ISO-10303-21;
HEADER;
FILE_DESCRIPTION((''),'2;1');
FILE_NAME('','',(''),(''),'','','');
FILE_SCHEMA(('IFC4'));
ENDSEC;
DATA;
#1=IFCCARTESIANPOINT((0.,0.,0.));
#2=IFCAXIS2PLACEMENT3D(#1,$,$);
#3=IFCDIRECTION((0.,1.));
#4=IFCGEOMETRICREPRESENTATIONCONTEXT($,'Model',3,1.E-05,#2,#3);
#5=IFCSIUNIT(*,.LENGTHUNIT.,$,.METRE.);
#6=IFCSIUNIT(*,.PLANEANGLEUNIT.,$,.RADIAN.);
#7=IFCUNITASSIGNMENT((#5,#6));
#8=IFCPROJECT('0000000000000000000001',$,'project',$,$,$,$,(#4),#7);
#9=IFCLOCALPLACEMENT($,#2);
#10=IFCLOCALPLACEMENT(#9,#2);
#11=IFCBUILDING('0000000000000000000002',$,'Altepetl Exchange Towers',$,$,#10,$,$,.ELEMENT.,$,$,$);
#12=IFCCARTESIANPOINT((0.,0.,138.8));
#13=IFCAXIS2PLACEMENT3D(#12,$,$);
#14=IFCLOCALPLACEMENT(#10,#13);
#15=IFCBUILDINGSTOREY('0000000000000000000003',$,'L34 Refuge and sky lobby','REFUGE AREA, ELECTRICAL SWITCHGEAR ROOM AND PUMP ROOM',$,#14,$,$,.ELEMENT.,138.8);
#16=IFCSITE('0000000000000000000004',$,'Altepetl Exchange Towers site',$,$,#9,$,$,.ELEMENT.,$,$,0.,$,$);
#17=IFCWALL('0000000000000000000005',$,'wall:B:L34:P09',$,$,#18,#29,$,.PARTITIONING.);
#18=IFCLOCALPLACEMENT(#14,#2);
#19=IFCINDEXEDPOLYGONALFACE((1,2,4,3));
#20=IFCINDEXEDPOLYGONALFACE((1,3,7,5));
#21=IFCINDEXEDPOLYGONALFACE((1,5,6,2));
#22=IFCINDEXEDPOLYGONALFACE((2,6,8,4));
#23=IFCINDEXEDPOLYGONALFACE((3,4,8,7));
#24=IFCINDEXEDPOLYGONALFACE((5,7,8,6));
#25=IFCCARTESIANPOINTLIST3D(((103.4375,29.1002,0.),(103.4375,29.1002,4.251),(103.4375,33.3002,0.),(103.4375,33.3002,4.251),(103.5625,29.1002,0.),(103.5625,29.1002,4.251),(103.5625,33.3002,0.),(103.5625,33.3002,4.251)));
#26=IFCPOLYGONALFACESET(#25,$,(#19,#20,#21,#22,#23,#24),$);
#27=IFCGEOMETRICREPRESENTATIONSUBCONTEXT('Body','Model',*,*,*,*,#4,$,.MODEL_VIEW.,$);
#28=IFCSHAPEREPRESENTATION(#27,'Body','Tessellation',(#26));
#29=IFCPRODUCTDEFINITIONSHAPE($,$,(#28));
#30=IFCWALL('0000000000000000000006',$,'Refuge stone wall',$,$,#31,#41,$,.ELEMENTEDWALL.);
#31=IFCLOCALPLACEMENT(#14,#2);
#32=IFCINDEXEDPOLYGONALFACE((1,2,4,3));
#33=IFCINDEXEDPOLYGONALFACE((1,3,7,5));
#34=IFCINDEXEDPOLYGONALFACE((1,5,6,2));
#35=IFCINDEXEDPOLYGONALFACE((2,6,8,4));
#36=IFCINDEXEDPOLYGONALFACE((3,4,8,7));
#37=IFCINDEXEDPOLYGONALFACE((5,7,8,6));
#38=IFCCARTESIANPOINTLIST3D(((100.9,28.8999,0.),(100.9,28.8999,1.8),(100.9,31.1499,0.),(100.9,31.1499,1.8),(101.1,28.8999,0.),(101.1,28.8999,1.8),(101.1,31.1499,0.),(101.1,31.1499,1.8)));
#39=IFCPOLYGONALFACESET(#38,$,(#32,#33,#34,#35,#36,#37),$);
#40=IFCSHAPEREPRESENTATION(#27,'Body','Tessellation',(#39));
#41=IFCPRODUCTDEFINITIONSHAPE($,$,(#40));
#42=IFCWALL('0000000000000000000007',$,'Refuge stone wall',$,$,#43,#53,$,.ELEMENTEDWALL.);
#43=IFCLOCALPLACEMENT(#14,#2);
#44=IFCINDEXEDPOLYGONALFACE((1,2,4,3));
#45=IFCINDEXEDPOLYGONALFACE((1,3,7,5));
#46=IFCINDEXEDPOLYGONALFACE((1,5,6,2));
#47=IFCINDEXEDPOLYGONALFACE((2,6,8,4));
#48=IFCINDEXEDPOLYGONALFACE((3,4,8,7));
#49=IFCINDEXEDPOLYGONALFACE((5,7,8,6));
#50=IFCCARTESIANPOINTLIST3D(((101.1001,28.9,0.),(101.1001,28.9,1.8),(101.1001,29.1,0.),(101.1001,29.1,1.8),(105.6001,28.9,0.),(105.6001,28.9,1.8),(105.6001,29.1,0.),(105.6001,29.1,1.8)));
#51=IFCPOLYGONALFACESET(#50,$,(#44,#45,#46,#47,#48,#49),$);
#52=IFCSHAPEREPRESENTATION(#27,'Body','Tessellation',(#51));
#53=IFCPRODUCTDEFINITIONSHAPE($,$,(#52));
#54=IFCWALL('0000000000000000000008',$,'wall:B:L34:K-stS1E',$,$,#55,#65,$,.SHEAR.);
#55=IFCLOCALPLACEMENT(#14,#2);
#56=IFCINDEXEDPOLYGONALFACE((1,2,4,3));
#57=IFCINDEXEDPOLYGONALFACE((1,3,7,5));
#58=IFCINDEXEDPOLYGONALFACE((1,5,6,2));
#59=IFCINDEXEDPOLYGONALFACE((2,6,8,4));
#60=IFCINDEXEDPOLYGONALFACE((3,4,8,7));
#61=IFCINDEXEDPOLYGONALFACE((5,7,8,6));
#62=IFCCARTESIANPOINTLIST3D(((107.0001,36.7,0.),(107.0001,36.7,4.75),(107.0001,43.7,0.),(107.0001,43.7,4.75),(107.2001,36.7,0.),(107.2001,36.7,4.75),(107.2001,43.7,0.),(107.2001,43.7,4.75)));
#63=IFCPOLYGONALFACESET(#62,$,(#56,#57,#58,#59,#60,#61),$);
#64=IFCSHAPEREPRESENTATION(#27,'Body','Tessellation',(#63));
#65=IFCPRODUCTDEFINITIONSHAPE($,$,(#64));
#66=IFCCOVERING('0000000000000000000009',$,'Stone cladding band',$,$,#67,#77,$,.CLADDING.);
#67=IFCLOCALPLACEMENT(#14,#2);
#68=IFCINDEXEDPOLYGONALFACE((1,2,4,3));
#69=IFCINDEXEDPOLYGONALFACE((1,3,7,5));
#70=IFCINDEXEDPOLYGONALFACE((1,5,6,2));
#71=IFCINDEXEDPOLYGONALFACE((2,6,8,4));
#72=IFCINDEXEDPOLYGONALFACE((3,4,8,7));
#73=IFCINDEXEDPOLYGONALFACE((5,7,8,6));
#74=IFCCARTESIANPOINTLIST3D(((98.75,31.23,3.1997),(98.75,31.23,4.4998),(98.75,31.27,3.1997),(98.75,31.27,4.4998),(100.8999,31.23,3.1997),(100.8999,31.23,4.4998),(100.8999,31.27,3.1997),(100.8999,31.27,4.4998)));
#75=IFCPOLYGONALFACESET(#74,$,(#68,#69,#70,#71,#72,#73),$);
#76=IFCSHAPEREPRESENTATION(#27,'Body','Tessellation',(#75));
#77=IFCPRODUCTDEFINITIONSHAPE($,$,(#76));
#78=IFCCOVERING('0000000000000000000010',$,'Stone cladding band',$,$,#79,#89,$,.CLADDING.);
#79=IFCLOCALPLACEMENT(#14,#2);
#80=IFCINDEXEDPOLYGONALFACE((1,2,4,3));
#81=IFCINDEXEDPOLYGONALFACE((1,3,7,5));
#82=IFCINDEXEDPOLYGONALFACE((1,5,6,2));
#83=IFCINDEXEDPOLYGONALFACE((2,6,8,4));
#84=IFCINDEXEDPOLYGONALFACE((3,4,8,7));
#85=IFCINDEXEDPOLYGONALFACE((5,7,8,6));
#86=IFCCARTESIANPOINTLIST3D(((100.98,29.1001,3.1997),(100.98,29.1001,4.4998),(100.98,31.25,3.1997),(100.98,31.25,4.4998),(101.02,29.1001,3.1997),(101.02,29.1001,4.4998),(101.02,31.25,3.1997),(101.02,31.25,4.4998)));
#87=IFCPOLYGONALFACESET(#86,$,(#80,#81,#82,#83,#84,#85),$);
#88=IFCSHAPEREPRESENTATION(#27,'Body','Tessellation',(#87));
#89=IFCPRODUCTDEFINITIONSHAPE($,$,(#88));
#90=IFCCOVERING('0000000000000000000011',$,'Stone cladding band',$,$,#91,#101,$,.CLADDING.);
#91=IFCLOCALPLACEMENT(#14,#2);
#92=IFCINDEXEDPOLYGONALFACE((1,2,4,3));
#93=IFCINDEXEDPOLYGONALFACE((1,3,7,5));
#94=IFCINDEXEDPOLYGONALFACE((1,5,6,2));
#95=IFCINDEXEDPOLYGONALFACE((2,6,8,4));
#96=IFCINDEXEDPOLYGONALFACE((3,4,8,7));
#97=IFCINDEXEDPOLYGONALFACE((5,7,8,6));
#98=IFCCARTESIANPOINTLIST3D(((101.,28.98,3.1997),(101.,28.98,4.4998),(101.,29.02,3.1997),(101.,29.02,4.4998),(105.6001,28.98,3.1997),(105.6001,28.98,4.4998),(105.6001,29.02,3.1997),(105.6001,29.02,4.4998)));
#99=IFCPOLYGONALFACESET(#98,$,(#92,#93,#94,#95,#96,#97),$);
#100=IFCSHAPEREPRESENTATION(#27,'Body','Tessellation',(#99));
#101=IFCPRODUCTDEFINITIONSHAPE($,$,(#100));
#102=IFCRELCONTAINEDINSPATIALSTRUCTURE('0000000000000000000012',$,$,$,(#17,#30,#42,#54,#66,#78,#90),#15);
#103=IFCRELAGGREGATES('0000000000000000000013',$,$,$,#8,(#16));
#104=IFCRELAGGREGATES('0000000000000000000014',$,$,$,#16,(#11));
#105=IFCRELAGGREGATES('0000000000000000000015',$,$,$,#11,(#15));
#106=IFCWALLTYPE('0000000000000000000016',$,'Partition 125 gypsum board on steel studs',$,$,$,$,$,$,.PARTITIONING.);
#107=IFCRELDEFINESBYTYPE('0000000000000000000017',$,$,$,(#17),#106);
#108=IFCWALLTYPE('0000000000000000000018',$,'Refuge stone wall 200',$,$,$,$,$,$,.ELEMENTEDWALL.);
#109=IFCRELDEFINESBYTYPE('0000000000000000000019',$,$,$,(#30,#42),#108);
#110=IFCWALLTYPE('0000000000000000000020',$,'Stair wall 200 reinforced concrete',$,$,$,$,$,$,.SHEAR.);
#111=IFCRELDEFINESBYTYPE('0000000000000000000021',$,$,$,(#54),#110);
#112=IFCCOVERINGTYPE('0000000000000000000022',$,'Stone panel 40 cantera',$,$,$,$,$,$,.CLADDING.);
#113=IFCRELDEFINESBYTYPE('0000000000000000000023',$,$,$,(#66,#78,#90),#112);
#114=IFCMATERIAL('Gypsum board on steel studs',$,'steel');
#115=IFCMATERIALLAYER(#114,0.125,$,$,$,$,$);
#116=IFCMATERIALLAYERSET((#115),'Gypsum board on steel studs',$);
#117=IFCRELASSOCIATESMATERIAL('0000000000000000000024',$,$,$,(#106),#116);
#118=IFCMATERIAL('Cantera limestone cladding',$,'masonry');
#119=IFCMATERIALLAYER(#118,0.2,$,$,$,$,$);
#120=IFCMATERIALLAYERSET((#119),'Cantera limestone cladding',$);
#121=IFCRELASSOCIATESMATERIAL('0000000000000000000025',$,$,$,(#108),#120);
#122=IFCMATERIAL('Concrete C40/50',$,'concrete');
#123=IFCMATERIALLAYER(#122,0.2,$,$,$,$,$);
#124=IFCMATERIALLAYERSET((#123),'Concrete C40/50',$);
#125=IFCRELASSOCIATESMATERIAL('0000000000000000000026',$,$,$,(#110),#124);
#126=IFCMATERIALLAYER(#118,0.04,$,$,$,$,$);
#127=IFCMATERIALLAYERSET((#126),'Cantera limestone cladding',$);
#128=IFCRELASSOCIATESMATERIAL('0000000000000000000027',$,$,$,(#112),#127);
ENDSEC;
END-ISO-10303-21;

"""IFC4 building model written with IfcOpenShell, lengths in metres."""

from ifc_helpers import new_model, si_unit, direction, frame, frame_2d, origin, origin_2d, place, context, subcontext, project, spatial, rectangle, extrude, material, layer, layer_set, type_object, element, save


model = new_model("IFC4")

# Units and contexts
model_context = context("Model", 3, precision=1e-05, world=origin(), true_north=direction((0.0, 1.0)))
body_context = subcontext(model_context, "Body", "Model", "MODEL_VIEW")
ifc_project = project(units=[si_unit("LENGTHUNIT", "METRE"), si_unit("PLANEANGLEUNIT", "RADIAN")], contexts=[model_context])

# Site, building, storey
site_placement = place(None, origin())
site = spatial("IfcSite", under=ifc_project, at=site_placement, Name="Altepetl Exchange Towers site", CompositionType="ELEMENT", RefElevation=0.0)
building_placement = place(site_placement, origin())
building = spatial("IfcBuilding", under=site, at=building_placement, Name="Altepetl Exchange Towers", CompositionType="ELEMENT")
storey_placement = place(building_placement, frame((0.0, 0.0, 138.8)))
storey = spatial("IfcBuildingStorey", under=building, at=storey_placement, Name="L34 Refuge and sky lobby", Description="REFUGE AREA, ELECTRICAL SWITCHGEAR ROOM AND PUMP ROOM", CompositionType="ELEMENT", Elevation=138.8)

# Shared definitions
ifc_material_1 = material(Name="Gypsum board on steel studs", Category="steel")
ifc_layer_1 = layer(ifc_material_1, 0.125)
ifc_layer_set_1 = layer_set([ifc_layer_1], Name="Gypsum board on steel studs")
wall_type_1 = type_object("IfcWallType", Name="Partition 125 gypsum board on steel studs", PredefinedType="PARTITIONING", material=ifc_layer_set_1)

# Walls
wall_1_placement = place(storey_placement, frame((103.5, 29.1001, 0.0), z_axis=(0.0, 0.0, 1.0), x_axis=(0.0, 1.0, 0.0)))
element("IfcWall", 1, at=wall_1_placement, inside=storey, type_object=wall_type_1, Name="wall:B:L34:P09", PredefinedType="PARTITIONING", context=body_context, shape_type="SweptSolid", body=[
    extrude(rectangle(XDim=4.2, YDim=0.125, at=frame_2d((2.1001, 0.0))), origin(), (0.0, 0.0, 1.0), 4.251),
])
ifc_material_2 = material(Name="Cantera limestone cladding", Category="masonry")
ifc_layer_2 = layer(ifc_material_2, 0.2)
ifc_layer_set_2 = layer_set([ifc_layer_2], Name="Cantera limestone cladding")
wall_type_2 = type_object("IfcWallType", Name="Refuge stone wall 200", PredefinedType="ELEMENTEDWALL", material=ifc_layer_set_2)
wall_2_placement = place(storey_placement, frame((101.0, 31.1499, 0.0), z_axis=(0.0, 0.0, 1.0), x_axis=(0.0, -1.0, 0.0)))
element("IfcWall", 2, at=wall_2_placement, inside=storey, type_object=wall_type_2, Name="Refuge stone wall", PredefinedType="ELEMENTEDWALL", context=body_context, shape_type="SweptSolid", body=[
    extrude(rectangle(XDim=2.25, YDim=0.2, at=frame_2d((1.125, 0.0))), origin(), (0.0, 0.0, 1.0), 1.8),
])
wall_3_placement = place(storey_placement, frame((101.1001, 29.0, 0.0)))
element("IfcWall", 3, at=wall_3_placement, inside=storey, type_object=wall_type_2, Name="Refuge stone wall", PredefinedType="ELEMENTEDWALL", context=body_context, shape_type="SweptSolid", body=[
    extrude(rectangle(XDim=4.5, YDim=0.2, at=frame_2d((2.25, 0.0))), origin(), (0.0, 0.0, 1.0), 1.8),
])
ifc_material_3 = material(Name="Concrete C40/50", Category="concrete")
ifc_layer_3 = layer(ifc_material_3, 0.2)
ifc_layer_set_3 = layer_set([ifc_layer_3], Name="Concrete C40/50")
wall_type_3 = type_object("IfcWallType", Name="Stair wall 200 reinforced concrete", PredefinedType="SHEAR", material=ifc_layer_set_3)
wall_4_placement = place(storey_placement, frame((107.1001, 36.7, 0.0), z_axis=(0.0, 0.0, 1.0), x_axis=(0.0, 1.0, 0.0)))
element("IfcWall", 4, at=wall_4_placement, inside=storey, type_object=wall_type_3, Name="wall:B:L34:K-stS1E", PredefinedType="SHEAR", context=body_context, shape_type="SweptSolid", body=[
    extrude(rectangle(XDim=7.0, YDim=0.2, at=frame_2d((3.5, 0.0))), origin(), (0.0, 0.0, 1.0), 4.75),
])

# Coverings
ifc_layer_4 = layer(ifc_material_2, 0.04)
ifc_layer_set_4 = layer_set([ifc_layer_4], Name="Cantera limestone cladding")
covering_type = type_object("IfcCoveringType", Name="Stone panel 40 cantera", PredefinedType="CLADDING", material=ifc_layer_set_4)
covering_1_placement = place(storey_placement, frame((99.825, 31.25, 3.1997)))
element("IfcCovering", 5, at=covering_1_placement, inside=storey, type_object=covering_type, Name="Stone cladding band", PredefinedType="CLADDING", context=body_context, shape_type="SweptSolid", body=[
    extrude(rectangle(XDim=2.1499, YDim=0.04, at=origin_2d()), origin(), (0.0, 0.0, 1.0), 1.3),
])
covering_2_placement = place(storey_placement, frame((101.0, 30.175, 3.1997), z_axis=(0.0, 0.0, 1.0), x_axis=(0.0, -1.0, 0.0)))
element("IfcCovering", 6, at=covering_2_placement, inside=storey, type_object=covering_type, Name="Stone cladding band", PredefinedType="CLADDING", context=body_context, shape_type="SweptSolid", body=[
    extrude(rectangle(XDim=2.1499, YDim=0.04, at=origin_2d()), origin(), (0.0, 0.0, 1.0), 1.3),
])
covering_3_placement = place(storey_placement, frame((103.3, 29.0, 3.1997)))
element("IfcCovering", 7, at=covering_3_placement, inside=storey, type_object=covering_type, Name="Stone cladding band", PredefinedType="CLADDING", context=body_context, shape_type="SweptSolid", body=[
    extrude(rectangle(XDim=4.6001, YDim=0.04, at=origin_2d()), origin(), (0.0, 0.0, 1.0), 1.3),
])

save(model, "model.ifc")
